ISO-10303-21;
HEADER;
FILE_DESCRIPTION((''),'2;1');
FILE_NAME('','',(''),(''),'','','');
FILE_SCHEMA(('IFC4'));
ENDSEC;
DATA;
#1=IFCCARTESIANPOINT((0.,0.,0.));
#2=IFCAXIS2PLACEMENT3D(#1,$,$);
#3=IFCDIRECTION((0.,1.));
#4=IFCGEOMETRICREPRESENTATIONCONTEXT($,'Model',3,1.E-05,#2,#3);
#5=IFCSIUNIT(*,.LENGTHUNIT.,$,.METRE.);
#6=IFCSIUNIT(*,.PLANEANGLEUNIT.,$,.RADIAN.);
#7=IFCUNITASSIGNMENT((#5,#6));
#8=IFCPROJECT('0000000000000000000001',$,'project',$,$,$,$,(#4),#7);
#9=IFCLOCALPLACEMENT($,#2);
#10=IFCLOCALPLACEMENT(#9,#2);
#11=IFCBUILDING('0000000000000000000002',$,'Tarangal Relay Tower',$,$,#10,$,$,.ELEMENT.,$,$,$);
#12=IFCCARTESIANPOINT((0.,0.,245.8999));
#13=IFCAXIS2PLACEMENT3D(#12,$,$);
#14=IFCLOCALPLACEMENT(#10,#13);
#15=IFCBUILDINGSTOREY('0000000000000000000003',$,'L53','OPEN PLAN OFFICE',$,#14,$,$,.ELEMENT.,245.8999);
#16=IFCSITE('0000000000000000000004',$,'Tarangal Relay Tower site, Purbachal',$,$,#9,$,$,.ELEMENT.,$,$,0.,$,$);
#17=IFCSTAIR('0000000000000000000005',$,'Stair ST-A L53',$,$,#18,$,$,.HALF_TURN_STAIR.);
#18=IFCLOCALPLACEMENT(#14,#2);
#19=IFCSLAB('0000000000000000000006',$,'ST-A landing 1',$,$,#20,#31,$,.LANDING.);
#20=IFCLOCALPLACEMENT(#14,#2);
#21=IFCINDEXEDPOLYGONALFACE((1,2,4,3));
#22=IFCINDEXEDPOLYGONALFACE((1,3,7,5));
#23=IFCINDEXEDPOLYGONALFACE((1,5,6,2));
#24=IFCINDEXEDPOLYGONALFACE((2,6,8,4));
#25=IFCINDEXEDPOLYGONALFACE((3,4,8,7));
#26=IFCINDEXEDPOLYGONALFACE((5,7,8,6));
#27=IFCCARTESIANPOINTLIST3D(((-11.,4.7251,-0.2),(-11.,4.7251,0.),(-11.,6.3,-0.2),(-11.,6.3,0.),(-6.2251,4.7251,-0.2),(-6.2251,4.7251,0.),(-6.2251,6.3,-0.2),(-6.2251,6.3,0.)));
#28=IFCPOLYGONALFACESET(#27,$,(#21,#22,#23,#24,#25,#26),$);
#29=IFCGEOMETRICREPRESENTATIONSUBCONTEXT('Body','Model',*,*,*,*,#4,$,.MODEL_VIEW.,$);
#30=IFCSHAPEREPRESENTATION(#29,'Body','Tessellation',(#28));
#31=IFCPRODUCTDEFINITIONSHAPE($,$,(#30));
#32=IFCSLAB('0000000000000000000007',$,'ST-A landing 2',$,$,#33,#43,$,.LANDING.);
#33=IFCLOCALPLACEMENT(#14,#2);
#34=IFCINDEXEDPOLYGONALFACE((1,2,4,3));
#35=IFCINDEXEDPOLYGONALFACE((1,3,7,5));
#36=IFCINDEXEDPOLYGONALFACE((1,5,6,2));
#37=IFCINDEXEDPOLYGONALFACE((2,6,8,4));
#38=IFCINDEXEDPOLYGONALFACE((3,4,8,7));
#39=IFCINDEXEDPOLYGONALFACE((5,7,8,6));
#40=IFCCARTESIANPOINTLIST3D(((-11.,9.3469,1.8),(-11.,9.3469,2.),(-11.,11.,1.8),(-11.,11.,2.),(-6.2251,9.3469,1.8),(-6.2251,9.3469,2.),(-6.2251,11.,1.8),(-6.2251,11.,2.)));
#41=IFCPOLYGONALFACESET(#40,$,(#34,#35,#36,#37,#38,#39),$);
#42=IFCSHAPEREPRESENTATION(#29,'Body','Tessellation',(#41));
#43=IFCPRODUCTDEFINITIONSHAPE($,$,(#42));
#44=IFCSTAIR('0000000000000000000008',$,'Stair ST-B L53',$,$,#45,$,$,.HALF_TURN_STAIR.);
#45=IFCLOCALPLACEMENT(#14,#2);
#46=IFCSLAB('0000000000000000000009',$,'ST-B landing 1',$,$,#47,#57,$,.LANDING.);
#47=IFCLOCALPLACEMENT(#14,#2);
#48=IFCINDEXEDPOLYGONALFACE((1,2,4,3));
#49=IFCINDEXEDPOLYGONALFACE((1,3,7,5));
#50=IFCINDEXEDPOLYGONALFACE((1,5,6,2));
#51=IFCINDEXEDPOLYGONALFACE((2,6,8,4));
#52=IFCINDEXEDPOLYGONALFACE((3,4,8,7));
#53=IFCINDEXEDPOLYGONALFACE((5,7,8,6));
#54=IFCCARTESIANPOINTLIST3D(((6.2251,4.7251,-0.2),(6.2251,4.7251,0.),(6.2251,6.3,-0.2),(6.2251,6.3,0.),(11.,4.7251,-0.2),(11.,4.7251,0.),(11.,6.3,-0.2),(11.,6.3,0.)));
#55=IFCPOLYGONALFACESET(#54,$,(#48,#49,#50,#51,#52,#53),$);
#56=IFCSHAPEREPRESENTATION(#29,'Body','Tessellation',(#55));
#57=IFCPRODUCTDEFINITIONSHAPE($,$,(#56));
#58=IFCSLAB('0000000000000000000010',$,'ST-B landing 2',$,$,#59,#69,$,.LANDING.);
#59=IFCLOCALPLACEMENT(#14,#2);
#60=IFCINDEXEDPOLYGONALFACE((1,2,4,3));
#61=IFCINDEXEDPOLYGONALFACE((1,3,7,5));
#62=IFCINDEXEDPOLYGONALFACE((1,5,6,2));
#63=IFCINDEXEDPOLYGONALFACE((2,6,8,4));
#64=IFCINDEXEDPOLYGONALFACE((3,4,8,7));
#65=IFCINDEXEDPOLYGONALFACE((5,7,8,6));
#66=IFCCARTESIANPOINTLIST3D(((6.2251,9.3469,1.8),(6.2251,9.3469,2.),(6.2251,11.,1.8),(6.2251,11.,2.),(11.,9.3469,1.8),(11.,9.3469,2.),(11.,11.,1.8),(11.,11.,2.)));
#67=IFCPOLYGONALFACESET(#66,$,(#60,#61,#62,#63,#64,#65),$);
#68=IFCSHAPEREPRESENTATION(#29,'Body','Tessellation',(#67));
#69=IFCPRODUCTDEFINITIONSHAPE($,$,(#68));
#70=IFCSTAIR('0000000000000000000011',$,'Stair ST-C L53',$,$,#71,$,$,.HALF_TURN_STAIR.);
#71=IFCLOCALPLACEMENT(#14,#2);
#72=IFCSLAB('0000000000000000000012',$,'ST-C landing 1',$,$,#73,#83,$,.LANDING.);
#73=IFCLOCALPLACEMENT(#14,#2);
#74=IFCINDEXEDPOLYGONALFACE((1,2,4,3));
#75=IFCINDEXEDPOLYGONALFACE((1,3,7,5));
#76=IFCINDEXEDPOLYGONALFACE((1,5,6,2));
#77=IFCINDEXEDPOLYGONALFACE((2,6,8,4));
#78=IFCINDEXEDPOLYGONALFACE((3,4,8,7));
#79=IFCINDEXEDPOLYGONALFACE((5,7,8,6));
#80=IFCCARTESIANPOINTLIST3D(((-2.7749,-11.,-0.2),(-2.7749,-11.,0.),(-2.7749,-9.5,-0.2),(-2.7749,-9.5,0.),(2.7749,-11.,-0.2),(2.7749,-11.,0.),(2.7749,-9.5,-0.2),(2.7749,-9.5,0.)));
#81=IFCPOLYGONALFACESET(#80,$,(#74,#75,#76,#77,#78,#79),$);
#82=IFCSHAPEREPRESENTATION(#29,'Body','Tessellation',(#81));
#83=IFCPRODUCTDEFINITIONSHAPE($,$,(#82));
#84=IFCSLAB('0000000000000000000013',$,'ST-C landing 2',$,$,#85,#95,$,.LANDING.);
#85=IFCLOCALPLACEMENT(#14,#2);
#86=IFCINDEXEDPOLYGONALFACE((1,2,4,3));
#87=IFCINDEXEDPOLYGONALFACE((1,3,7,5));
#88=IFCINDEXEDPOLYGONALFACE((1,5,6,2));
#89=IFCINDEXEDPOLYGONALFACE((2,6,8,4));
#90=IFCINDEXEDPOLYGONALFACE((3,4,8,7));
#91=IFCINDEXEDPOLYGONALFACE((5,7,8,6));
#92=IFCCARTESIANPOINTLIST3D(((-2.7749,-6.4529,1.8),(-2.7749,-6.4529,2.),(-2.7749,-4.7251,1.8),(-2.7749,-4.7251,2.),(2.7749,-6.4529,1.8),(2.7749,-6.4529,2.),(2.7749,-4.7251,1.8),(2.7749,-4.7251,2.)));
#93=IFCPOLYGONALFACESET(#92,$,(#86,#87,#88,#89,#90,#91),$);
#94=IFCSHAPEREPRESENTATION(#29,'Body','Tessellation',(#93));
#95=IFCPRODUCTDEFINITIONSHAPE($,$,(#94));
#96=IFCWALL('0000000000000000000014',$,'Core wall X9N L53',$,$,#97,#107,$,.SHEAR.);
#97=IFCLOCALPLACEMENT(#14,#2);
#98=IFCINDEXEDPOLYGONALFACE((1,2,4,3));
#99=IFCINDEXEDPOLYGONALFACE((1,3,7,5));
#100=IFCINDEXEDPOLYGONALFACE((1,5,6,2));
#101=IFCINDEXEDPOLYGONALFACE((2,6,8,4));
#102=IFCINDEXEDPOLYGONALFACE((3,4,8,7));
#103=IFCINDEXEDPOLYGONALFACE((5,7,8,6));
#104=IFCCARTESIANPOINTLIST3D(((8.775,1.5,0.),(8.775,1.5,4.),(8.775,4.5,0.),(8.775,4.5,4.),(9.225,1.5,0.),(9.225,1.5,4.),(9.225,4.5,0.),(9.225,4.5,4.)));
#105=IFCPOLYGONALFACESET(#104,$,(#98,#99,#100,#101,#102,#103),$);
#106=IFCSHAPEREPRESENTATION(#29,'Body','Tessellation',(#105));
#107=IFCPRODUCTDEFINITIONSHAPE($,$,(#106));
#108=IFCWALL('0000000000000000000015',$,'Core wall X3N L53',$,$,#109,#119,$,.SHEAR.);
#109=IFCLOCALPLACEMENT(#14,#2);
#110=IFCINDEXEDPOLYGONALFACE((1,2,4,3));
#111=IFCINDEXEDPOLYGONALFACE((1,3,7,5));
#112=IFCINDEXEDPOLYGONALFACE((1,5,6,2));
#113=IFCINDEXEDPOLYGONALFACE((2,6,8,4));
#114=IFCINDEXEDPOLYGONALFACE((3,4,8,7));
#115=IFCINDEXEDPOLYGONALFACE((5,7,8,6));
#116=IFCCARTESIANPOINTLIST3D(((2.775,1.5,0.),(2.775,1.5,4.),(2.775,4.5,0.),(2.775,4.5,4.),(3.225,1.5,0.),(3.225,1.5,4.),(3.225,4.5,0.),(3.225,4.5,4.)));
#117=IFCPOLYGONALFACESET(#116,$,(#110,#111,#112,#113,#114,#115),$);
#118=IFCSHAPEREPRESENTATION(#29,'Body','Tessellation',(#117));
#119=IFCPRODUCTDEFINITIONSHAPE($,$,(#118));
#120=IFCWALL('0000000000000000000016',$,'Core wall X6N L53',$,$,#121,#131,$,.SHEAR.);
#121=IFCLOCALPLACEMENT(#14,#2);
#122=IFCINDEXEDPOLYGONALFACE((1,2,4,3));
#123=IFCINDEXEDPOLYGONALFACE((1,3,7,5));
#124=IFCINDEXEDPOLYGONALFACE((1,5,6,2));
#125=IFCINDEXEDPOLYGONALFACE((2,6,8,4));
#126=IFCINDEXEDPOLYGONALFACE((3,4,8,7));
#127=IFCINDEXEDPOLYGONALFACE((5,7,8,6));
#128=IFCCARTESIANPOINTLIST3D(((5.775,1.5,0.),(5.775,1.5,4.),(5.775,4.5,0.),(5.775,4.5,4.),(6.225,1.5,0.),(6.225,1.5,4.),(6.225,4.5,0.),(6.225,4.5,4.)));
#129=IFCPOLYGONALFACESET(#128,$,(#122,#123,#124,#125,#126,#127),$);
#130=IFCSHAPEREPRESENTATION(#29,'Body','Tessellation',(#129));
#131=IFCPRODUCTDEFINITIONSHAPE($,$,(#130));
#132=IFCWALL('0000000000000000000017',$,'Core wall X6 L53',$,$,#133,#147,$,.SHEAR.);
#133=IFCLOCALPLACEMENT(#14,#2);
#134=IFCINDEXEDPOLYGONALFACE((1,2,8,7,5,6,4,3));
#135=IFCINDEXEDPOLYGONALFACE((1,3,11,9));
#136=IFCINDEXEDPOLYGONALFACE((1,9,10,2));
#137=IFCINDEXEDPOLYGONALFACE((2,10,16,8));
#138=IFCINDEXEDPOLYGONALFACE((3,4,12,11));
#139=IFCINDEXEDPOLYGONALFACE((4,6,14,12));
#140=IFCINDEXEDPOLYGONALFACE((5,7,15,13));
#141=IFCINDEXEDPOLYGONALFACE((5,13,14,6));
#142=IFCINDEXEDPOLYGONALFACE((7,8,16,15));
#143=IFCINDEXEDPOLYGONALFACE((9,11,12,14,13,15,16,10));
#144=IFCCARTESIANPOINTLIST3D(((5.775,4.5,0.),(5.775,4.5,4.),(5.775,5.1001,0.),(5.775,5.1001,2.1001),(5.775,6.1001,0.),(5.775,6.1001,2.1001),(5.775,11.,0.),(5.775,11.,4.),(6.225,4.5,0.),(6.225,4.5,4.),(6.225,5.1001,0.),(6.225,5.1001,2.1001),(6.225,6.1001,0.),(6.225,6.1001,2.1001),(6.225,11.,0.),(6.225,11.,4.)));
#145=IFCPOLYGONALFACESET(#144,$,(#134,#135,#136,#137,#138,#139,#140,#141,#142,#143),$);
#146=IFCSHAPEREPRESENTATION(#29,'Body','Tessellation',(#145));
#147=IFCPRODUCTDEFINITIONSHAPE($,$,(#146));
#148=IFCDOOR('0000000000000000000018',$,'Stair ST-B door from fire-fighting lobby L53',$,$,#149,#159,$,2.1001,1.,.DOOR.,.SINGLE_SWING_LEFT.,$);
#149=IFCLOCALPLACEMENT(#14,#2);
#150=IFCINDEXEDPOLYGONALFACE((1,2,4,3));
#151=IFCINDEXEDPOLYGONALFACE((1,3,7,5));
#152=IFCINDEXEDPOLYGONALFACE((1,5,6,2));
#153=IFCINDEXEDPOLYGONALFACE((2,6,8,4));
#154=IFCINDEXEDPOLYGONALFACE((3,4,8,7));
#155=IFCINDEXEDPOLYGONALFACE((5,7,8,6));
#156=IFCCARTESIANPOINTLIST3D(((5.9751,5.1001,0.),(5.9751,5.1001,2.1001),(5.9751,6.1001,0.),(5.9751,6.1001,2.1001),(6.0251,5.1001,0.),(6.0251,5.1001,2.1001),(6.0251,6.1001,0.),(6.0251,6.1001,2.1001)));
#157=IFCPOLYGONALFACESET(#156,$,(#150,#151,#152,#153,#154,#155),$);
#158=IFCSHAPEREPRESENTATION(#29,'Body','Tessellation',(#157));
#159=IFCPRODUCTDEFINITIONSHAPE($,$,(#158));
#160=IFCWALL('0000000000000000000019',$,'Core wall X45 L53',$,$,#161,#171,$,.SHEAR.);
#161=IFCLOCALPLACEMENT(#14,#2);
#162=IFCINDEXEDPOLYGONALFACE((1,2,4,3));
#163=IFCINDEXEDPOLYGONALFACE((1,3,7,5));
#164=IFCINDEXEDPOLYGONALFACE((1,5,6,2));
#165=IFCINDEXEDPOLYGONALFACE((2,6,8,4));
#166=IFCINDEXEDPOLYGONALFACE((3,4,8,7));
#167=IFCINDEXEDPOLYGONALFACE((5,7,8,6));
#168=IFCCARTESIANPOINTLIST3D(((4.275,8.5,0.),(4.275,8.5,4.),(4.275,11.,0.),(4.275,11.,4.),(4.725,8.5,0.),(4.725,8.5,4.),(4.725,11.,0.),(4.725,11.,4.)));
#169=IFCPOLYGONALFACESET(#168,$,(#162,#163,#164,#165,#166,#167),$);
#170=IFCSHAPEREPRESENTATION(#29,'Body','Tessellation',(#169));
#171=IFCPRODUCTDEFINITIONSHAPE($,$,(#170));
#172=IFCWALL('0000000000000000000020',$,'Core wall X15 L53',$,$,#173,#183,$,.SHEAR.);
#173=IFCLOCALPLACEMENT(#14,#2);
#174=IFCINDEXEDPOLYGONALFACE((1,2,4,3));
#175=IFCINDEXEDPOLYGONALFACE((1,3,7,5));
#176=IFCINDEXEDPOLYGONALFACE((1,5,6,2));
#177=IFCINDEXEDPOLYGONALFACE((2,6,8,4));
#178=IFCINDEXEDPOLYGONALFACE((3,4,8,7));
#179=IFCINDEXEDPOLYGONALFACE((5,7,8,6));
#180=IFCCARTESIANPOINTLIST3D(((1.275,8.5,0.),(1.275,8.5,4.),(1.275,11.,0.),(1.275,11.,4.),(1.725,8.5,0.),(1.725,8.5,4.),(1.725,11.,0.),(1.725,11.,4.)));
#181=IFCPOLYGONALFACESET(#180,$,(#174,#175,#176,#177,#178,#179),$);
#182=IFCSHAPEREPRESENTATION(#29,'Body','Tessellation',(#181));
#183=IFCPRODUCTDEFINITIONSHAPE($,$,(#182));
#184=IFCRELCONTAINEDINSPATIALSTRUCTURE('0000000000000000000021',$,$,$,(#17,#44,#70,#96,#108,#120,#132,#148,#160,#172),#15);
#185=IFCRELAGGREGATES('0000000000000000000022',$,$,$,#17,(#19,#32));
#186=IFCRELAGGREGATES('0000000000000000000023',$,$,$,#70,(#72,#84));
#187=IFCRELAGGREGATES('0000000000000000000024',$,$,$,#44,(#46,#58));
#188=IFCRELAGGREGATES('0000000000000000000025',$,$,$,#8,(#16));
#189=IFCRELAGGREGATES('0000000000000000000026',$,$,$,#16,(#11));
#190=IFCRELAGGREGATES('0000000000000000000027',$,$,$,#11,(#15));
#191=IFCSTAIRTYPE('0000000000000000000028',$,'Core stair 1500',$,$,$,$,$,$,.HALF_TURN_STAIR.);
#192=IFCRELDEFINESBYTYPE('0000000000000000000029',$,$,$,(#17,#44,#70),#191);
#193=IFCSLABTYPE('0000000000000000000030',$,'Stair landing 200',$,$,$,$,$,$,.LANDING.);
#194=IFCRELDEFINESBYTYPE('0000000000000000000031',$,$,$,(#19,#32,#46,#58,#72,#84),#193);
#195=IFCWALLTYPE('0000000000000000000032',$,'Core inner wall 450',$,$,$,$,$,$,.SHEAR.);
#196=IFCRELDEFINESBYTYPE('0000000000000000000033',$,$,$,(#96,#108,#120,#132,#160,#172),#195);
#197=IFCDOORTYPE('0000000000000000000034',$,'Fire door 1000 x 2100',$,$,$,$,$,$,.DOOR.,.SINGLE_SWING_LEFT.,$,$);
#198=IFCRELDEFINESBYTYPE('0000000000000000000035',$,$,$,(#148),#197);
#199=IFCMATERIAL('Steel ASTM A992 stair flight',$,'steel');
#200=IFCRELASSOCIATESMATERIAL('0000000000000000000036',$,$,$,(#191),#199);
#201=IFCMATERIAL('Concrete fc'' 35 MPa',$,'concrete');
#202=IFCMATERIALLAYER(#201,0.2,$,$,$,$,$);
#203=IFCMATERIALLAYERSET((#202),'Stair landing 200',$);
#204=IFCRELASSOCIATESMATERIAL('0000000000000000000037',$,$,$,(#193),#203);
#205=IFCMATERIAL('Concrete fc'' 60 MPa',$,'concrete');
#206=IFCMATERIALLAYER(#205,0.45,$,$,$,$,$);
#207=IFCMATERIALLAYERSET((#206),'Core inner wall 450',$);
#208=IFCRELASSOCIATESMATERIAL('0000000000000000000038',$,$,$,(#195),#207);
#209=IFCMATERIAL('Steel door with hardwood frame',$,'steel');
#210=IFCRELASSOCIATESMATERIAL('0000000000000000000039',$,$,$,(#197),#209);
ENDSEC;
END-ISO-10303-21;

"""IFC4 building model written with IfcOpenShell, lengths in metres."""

from ifc_helpers import new_model, si_unit, direction, frame, frame_2d, origin, place, context, subcontext, project, spatial, polyline, rectangle, outline, extrude, material, layer, layer_set, type_object, element, fill, aggregate, save


model = new_model("IFC4")

# Units and contexts
model_context = context("Model", 3, precision=1e-05, world=origin(), true_north=direction((0.0, 1.0)))
body_context = subcontext(model_context, "Body", "Model", "MODEL_VIEW")
ifc_project = project(units=[si_unit("LENGTHUNIT", "METRE"), si_unit("PLANEANGLEUNIT", "RADIAN")], contexts=[model_context])

# Site, building, storey
site_placement = place(None, origin())
site = spatial("IfcSite", under=ifc_project, at=site_placement, Name="Tarangal Relay Tower site, Purbachal", CompositionType="ELEMENT", RefElevation=0.0)
building_placement = place(site_placement, origin())
building = spatial("IfcBuilding", under=site, at=building_placement, Name="Tarangal Relay Tower", CompositionType="ELEMENT")
storey_placement = place(building_placement, frame((0.0, 0.0, 245.8999)))
storey = spatial("IfcBuildingStorey", under=building, at=storey_placement, Name="L53", Description="OPEN PLAN OFFICE", CompositionType="ELEMENT", Elevation=245.8999)

# Stairs, slabs
ifc_material_1 = material(Name="Steel ASTM A992 stair flight", Category="steel")
stair_type = type_object("IfcStairType", Name="Core stair 1500", PredefinedType="HALF_TURN_STAIR", material=ifc_material_1)
stair_1_placement = place(storey_placement, origin())
stair_1 = element("IfcStair", 1, at=stair_1_placement, inside=storey, type_object=stair_type, Name="Stair ST-A L53", PredefinedType="HALF_TURN_STAIR")
ifc_material_2 = material(Name="Concrete fc' 35 MPa", Category="concrete")
ifc_layer_1 = layer(ifc_material_2, 0.2)
ifc_layer_set_1 = layer_set([ifc_layer_1], Name="Stair landing 200")
slab_type = type_object("IfcSlabType", Name="Stair landing 200", PredefinedType="LANDING", material=ifc_layer_set_1)
slab_1_placement = place(storey_placement, frame((0.0, 0.0, -0.2)))
slab_1 = element("IfcSlab", 2, at=slab_1_placement, type_object=slab_type, Name="ST-A landing 1", PredefinedType="LANDING", context=body_context, shape_type="SweptSolid", body=[
    extrude(outline(polyline([(-11.0, 4.7251), (-6.2251, 4.7251), (-6.2251, 6.3), (-11.0, 6.3), (-11.0, 4.7251)])), origin(), (0.0, 0.0, 1.0), 0.2),
])
slab_2_placement = place(storey_placement, frame((0.0, 0.0, 1.8)))
slab_2 = element("IfcSlab", 3, at=slab_2_placement, type_object=slab_type, Name="ST-A landing 2", PredefinedType="LANDING", context=body_context, shape_type="SweptSolid", body=[
    extrude(outline(polyline([(-11.0, 9.3469), (-6.2251, 9.3469), (-6.2251, 11.0), (-11.0, 11.0), (-11.0, 9.3469)])), origin(), (0.0, 0.0, 1.0), 0.2),
])
aggregate(stair_1, [slab_1, slab_2])
stair_2_placement = place(storey_placement, origin())
stair_2 = element("IfcStair", 4, at=stair_2_placement, inside=storey, type_object=stair_type, Name="Stair ST-B L53", PredefinedType="HALF_TURN_STAIR")
slab_3_placement = place(storey_placement, frame((0.0, 0.0, -0.2)))
slab_3 = element("IfcSlab", 5, at=slab_3_placement, type_object=slab_type, Name="ST-B landing 1", PredefinedType="LANDING", context=body_context, shape_type="SweptSolid", body=[
    extrude(outline(polyline([(6.2251, 4.7251), (11.0, 4.7251), (11.0, 6.3), (6.2251, 6.3), (6.2251, 4.7251)])), origin(), (0.0, 0.0, 1.0), 0.2),
])
slab_4_placement = place(storey_placement, frame((0.0, 0.0, 1.8)))
slab_4 = element("IfcSlab", 6, at=slab_4_placement, type_object=slab_type, Name="ST-B landing 2", PredefinedType="LANDING", context=body_context, shape_type="SweptSolid", body=[
    extrude(outline(polyline([(6.2251, 9.3469), (11.0, 9.3469), (11.0, 11.0), (6.2251, 11.0), (6.2251, 9.3469)])), origin(), (0.0, 0.0, 1.0), 0.2),
])
stair_3_placement = place(storey_placement, origin())
stair_3 = element("IfcStair", 7, at=stair_3_placement, inside=storey, type_object=stair_type, Name="Stair ST-C L53", PredefinedType="HALF_TURN_STAIR")
slab_5_placement = place(storey_placement, frame((0.0, 0.0, -0.2)))
slab_5 = element("IfcSlab", 8, at=slab_5_placement, type_object=slab_type, Name="ST-C landing 1", PredefinedType="LANDING", context=body_context, shape_type="SweptSolid", body=[
    extrude(outline(polyline([(-2.7749, -11.0), (2.7749, -11.0), (2.7749, -9.5), (-2.7749, -9.5), (-2.7749, -11.0)])), origin(), (0.0, 0.0, 1.0), 0.2),
])
slab_6_placement = place(storey_placement, frame((0.0, 0.0, 1.8)))
slab_6 = element("IfcSlab", 9, at=slab_6_placement, type_object=slab_type, Name="ST-C landing 2", PredefinedType="LANDING", context=body_context, shape_type="SweptSolid", body=[
    extrude(outline(polyline([(-2.7749, -6.4529), (2.7749, -6.4529), (2.7749, -4.7251), (-2.7749, -4.7251), (-2.7749, -6.4529)])), origin(), (0.0, 0.0, 1.0), 0.2),
])
aggregate(stair_3, [slab_5, slab_6])

# Walls
ifc_material_3 = material(Name="Concrete fc' 60 MPa", Category="concrete")
ifc_layer_2 = layer(ifc_material_3, 0.45)
ifc_layer_set_2 = layer_set([ifc_layer_2], Name="Core inner wall 450")
wall_type_1 = type_object("IfcWallType", Name="Core inner wall 450", PredefinedType="SHEAR", material=ifc_layer_set_2)
for number, where, z_axis, x_axis, name in (
    (10, (9.0, 1.5, 0.0), (0.0, 0.0, 1.0), (0.0, 1.0, 0.0), "Core wall X9N L53"),
    (11, (3.0, 1.5, 0.0), (0.0, 0.0, 1.0), (0.0, 1.0, 0.0), "Core wall X3N L53"),
    (12, (6.0, 1.5, 0.0), (0.0, 0.0, 1.0), (0.0, 1.0, 0.0), "Core wall X6N L53"),
):
    element("IfcWall", number, at=place(storey_placement, frame(where, z_axis=z_axis, x_axis=x_axis)), inside=storey, type_object=wall_type_1, Name=name, PredefinedType="SHEAR", context=body_context, shape_type="SweptSolid", body=[
        extrude(rectangle(XDim=3.0, YDim=0.45, at=frame_2d((1.5, 0.0))), origin(), (0.0, 0.0, 1.0), 4.0),
    ])

# Wall, opening, door
wall_1_placement = place(storey_placement, frame((6.0, 4.5, 0.0), z_axis=(0.0, 0.0, 1.0), x_axis=(0.0, 1.0, 0.0)))
wall_1 = element("IfcWall", 13, at=wall_1_placement, inside=storey, type_object=wall_type_1, Name="Core wall X6 L53", PredefinedType="SHEAR", context=body_context, shape_type="SweptSolid", body=[
    extrude(rectangle(XDim=6.5, YDim=0.45, at=frame_2d((3.25, 0.0))), origin(), (0.0, 0.0, 1.0), 4.0),
])
opening_1_placement = place(wall_1_placement, frame((0.6001, 0.0, 0.0)))
opening_1 = element("IfcOpeningElement", 14, at=opening_1_placement, cuts=wall_1, PredefinedType="OPENING", context=body_context, shape_type="SweptSolid", body=[
    extrude(rectangle(XDim=1.0, YDim=2.1001, at=frame_2d((0.5, 1.05))), frame((0.0, 0.2349, 0.0), z_axis=(0.0, -1.0, 0.0), x_axis=(1.0, 0.0, 0.0)), (0.0, 0.0, 1.0), 0.47),
])
ifc_material_4 = material(Name="Steel door with hardwood frame", Category="steel")
door_type_1 = type_object("IfcDoorType", Name="Fire door 1000 x 2100", OperationType="SINGLE_SWING_LEFT", PredefinedType="DOOR", material=ifc_material_4)
door_1_placement = place(opening_1_placement, origin())
door_1 = element("IfcDoor", 15, at=door_1_placement, inside=storey, type_object=door_type_1, Name="Stair ST-B door from fire-fighting lobby L53", OperationType="SINGLE_SWING_LEFT", OverallHeight=2.1001, OverallWidth=1.0, PredefinedType="DOOR", context=body_context, shape_type="SweptSolid", body=[
    extrude(rectangle(XDim=1.0, YDim=2.1001, at=frame_2d((0.5, 1.05))), frame((0.0, 0.0249, 0.0), z_axis=(0.0, -1.0, 0.0), x_axis=(1.0, 0.0, 0.0)), (0.0, 0.0, 1.0), 0.05),
])
fill(opening_1, door_1)

# Walls
for number, where, z_axis, x_axis, name in (
    (16, (4.5, 8.5, 0.0), (0.0, 0.0, 1.0), (0.0, 1.0, 0.0), "Core wall X45 L53"),
    (17, (1.5, 8.5, 0.0), (0.0, 0.0, 1.0), (0.0, 1.0, 0.0), "Core wall X15 L53"),
):
    element("IfcWall", number, at=place(storey_placement, frame(where, z_axis=z_axis, x_axis=x_axis)), inside=storey, type_object=wall_type_1, Name=name, PredefinedType="SHEAR", context=body_context, shape_type="SweptSolid", body=[
        extrude(rectangle(XDim=2.5, YDim=0.45, at=frame_2d((1.25, 0.0))), origin(), (0.0, 0.0, 1.0), 4.0),
    ])

aggregate(stair_2, [slab_3, slab_4])

save(model, "model.ifc")
